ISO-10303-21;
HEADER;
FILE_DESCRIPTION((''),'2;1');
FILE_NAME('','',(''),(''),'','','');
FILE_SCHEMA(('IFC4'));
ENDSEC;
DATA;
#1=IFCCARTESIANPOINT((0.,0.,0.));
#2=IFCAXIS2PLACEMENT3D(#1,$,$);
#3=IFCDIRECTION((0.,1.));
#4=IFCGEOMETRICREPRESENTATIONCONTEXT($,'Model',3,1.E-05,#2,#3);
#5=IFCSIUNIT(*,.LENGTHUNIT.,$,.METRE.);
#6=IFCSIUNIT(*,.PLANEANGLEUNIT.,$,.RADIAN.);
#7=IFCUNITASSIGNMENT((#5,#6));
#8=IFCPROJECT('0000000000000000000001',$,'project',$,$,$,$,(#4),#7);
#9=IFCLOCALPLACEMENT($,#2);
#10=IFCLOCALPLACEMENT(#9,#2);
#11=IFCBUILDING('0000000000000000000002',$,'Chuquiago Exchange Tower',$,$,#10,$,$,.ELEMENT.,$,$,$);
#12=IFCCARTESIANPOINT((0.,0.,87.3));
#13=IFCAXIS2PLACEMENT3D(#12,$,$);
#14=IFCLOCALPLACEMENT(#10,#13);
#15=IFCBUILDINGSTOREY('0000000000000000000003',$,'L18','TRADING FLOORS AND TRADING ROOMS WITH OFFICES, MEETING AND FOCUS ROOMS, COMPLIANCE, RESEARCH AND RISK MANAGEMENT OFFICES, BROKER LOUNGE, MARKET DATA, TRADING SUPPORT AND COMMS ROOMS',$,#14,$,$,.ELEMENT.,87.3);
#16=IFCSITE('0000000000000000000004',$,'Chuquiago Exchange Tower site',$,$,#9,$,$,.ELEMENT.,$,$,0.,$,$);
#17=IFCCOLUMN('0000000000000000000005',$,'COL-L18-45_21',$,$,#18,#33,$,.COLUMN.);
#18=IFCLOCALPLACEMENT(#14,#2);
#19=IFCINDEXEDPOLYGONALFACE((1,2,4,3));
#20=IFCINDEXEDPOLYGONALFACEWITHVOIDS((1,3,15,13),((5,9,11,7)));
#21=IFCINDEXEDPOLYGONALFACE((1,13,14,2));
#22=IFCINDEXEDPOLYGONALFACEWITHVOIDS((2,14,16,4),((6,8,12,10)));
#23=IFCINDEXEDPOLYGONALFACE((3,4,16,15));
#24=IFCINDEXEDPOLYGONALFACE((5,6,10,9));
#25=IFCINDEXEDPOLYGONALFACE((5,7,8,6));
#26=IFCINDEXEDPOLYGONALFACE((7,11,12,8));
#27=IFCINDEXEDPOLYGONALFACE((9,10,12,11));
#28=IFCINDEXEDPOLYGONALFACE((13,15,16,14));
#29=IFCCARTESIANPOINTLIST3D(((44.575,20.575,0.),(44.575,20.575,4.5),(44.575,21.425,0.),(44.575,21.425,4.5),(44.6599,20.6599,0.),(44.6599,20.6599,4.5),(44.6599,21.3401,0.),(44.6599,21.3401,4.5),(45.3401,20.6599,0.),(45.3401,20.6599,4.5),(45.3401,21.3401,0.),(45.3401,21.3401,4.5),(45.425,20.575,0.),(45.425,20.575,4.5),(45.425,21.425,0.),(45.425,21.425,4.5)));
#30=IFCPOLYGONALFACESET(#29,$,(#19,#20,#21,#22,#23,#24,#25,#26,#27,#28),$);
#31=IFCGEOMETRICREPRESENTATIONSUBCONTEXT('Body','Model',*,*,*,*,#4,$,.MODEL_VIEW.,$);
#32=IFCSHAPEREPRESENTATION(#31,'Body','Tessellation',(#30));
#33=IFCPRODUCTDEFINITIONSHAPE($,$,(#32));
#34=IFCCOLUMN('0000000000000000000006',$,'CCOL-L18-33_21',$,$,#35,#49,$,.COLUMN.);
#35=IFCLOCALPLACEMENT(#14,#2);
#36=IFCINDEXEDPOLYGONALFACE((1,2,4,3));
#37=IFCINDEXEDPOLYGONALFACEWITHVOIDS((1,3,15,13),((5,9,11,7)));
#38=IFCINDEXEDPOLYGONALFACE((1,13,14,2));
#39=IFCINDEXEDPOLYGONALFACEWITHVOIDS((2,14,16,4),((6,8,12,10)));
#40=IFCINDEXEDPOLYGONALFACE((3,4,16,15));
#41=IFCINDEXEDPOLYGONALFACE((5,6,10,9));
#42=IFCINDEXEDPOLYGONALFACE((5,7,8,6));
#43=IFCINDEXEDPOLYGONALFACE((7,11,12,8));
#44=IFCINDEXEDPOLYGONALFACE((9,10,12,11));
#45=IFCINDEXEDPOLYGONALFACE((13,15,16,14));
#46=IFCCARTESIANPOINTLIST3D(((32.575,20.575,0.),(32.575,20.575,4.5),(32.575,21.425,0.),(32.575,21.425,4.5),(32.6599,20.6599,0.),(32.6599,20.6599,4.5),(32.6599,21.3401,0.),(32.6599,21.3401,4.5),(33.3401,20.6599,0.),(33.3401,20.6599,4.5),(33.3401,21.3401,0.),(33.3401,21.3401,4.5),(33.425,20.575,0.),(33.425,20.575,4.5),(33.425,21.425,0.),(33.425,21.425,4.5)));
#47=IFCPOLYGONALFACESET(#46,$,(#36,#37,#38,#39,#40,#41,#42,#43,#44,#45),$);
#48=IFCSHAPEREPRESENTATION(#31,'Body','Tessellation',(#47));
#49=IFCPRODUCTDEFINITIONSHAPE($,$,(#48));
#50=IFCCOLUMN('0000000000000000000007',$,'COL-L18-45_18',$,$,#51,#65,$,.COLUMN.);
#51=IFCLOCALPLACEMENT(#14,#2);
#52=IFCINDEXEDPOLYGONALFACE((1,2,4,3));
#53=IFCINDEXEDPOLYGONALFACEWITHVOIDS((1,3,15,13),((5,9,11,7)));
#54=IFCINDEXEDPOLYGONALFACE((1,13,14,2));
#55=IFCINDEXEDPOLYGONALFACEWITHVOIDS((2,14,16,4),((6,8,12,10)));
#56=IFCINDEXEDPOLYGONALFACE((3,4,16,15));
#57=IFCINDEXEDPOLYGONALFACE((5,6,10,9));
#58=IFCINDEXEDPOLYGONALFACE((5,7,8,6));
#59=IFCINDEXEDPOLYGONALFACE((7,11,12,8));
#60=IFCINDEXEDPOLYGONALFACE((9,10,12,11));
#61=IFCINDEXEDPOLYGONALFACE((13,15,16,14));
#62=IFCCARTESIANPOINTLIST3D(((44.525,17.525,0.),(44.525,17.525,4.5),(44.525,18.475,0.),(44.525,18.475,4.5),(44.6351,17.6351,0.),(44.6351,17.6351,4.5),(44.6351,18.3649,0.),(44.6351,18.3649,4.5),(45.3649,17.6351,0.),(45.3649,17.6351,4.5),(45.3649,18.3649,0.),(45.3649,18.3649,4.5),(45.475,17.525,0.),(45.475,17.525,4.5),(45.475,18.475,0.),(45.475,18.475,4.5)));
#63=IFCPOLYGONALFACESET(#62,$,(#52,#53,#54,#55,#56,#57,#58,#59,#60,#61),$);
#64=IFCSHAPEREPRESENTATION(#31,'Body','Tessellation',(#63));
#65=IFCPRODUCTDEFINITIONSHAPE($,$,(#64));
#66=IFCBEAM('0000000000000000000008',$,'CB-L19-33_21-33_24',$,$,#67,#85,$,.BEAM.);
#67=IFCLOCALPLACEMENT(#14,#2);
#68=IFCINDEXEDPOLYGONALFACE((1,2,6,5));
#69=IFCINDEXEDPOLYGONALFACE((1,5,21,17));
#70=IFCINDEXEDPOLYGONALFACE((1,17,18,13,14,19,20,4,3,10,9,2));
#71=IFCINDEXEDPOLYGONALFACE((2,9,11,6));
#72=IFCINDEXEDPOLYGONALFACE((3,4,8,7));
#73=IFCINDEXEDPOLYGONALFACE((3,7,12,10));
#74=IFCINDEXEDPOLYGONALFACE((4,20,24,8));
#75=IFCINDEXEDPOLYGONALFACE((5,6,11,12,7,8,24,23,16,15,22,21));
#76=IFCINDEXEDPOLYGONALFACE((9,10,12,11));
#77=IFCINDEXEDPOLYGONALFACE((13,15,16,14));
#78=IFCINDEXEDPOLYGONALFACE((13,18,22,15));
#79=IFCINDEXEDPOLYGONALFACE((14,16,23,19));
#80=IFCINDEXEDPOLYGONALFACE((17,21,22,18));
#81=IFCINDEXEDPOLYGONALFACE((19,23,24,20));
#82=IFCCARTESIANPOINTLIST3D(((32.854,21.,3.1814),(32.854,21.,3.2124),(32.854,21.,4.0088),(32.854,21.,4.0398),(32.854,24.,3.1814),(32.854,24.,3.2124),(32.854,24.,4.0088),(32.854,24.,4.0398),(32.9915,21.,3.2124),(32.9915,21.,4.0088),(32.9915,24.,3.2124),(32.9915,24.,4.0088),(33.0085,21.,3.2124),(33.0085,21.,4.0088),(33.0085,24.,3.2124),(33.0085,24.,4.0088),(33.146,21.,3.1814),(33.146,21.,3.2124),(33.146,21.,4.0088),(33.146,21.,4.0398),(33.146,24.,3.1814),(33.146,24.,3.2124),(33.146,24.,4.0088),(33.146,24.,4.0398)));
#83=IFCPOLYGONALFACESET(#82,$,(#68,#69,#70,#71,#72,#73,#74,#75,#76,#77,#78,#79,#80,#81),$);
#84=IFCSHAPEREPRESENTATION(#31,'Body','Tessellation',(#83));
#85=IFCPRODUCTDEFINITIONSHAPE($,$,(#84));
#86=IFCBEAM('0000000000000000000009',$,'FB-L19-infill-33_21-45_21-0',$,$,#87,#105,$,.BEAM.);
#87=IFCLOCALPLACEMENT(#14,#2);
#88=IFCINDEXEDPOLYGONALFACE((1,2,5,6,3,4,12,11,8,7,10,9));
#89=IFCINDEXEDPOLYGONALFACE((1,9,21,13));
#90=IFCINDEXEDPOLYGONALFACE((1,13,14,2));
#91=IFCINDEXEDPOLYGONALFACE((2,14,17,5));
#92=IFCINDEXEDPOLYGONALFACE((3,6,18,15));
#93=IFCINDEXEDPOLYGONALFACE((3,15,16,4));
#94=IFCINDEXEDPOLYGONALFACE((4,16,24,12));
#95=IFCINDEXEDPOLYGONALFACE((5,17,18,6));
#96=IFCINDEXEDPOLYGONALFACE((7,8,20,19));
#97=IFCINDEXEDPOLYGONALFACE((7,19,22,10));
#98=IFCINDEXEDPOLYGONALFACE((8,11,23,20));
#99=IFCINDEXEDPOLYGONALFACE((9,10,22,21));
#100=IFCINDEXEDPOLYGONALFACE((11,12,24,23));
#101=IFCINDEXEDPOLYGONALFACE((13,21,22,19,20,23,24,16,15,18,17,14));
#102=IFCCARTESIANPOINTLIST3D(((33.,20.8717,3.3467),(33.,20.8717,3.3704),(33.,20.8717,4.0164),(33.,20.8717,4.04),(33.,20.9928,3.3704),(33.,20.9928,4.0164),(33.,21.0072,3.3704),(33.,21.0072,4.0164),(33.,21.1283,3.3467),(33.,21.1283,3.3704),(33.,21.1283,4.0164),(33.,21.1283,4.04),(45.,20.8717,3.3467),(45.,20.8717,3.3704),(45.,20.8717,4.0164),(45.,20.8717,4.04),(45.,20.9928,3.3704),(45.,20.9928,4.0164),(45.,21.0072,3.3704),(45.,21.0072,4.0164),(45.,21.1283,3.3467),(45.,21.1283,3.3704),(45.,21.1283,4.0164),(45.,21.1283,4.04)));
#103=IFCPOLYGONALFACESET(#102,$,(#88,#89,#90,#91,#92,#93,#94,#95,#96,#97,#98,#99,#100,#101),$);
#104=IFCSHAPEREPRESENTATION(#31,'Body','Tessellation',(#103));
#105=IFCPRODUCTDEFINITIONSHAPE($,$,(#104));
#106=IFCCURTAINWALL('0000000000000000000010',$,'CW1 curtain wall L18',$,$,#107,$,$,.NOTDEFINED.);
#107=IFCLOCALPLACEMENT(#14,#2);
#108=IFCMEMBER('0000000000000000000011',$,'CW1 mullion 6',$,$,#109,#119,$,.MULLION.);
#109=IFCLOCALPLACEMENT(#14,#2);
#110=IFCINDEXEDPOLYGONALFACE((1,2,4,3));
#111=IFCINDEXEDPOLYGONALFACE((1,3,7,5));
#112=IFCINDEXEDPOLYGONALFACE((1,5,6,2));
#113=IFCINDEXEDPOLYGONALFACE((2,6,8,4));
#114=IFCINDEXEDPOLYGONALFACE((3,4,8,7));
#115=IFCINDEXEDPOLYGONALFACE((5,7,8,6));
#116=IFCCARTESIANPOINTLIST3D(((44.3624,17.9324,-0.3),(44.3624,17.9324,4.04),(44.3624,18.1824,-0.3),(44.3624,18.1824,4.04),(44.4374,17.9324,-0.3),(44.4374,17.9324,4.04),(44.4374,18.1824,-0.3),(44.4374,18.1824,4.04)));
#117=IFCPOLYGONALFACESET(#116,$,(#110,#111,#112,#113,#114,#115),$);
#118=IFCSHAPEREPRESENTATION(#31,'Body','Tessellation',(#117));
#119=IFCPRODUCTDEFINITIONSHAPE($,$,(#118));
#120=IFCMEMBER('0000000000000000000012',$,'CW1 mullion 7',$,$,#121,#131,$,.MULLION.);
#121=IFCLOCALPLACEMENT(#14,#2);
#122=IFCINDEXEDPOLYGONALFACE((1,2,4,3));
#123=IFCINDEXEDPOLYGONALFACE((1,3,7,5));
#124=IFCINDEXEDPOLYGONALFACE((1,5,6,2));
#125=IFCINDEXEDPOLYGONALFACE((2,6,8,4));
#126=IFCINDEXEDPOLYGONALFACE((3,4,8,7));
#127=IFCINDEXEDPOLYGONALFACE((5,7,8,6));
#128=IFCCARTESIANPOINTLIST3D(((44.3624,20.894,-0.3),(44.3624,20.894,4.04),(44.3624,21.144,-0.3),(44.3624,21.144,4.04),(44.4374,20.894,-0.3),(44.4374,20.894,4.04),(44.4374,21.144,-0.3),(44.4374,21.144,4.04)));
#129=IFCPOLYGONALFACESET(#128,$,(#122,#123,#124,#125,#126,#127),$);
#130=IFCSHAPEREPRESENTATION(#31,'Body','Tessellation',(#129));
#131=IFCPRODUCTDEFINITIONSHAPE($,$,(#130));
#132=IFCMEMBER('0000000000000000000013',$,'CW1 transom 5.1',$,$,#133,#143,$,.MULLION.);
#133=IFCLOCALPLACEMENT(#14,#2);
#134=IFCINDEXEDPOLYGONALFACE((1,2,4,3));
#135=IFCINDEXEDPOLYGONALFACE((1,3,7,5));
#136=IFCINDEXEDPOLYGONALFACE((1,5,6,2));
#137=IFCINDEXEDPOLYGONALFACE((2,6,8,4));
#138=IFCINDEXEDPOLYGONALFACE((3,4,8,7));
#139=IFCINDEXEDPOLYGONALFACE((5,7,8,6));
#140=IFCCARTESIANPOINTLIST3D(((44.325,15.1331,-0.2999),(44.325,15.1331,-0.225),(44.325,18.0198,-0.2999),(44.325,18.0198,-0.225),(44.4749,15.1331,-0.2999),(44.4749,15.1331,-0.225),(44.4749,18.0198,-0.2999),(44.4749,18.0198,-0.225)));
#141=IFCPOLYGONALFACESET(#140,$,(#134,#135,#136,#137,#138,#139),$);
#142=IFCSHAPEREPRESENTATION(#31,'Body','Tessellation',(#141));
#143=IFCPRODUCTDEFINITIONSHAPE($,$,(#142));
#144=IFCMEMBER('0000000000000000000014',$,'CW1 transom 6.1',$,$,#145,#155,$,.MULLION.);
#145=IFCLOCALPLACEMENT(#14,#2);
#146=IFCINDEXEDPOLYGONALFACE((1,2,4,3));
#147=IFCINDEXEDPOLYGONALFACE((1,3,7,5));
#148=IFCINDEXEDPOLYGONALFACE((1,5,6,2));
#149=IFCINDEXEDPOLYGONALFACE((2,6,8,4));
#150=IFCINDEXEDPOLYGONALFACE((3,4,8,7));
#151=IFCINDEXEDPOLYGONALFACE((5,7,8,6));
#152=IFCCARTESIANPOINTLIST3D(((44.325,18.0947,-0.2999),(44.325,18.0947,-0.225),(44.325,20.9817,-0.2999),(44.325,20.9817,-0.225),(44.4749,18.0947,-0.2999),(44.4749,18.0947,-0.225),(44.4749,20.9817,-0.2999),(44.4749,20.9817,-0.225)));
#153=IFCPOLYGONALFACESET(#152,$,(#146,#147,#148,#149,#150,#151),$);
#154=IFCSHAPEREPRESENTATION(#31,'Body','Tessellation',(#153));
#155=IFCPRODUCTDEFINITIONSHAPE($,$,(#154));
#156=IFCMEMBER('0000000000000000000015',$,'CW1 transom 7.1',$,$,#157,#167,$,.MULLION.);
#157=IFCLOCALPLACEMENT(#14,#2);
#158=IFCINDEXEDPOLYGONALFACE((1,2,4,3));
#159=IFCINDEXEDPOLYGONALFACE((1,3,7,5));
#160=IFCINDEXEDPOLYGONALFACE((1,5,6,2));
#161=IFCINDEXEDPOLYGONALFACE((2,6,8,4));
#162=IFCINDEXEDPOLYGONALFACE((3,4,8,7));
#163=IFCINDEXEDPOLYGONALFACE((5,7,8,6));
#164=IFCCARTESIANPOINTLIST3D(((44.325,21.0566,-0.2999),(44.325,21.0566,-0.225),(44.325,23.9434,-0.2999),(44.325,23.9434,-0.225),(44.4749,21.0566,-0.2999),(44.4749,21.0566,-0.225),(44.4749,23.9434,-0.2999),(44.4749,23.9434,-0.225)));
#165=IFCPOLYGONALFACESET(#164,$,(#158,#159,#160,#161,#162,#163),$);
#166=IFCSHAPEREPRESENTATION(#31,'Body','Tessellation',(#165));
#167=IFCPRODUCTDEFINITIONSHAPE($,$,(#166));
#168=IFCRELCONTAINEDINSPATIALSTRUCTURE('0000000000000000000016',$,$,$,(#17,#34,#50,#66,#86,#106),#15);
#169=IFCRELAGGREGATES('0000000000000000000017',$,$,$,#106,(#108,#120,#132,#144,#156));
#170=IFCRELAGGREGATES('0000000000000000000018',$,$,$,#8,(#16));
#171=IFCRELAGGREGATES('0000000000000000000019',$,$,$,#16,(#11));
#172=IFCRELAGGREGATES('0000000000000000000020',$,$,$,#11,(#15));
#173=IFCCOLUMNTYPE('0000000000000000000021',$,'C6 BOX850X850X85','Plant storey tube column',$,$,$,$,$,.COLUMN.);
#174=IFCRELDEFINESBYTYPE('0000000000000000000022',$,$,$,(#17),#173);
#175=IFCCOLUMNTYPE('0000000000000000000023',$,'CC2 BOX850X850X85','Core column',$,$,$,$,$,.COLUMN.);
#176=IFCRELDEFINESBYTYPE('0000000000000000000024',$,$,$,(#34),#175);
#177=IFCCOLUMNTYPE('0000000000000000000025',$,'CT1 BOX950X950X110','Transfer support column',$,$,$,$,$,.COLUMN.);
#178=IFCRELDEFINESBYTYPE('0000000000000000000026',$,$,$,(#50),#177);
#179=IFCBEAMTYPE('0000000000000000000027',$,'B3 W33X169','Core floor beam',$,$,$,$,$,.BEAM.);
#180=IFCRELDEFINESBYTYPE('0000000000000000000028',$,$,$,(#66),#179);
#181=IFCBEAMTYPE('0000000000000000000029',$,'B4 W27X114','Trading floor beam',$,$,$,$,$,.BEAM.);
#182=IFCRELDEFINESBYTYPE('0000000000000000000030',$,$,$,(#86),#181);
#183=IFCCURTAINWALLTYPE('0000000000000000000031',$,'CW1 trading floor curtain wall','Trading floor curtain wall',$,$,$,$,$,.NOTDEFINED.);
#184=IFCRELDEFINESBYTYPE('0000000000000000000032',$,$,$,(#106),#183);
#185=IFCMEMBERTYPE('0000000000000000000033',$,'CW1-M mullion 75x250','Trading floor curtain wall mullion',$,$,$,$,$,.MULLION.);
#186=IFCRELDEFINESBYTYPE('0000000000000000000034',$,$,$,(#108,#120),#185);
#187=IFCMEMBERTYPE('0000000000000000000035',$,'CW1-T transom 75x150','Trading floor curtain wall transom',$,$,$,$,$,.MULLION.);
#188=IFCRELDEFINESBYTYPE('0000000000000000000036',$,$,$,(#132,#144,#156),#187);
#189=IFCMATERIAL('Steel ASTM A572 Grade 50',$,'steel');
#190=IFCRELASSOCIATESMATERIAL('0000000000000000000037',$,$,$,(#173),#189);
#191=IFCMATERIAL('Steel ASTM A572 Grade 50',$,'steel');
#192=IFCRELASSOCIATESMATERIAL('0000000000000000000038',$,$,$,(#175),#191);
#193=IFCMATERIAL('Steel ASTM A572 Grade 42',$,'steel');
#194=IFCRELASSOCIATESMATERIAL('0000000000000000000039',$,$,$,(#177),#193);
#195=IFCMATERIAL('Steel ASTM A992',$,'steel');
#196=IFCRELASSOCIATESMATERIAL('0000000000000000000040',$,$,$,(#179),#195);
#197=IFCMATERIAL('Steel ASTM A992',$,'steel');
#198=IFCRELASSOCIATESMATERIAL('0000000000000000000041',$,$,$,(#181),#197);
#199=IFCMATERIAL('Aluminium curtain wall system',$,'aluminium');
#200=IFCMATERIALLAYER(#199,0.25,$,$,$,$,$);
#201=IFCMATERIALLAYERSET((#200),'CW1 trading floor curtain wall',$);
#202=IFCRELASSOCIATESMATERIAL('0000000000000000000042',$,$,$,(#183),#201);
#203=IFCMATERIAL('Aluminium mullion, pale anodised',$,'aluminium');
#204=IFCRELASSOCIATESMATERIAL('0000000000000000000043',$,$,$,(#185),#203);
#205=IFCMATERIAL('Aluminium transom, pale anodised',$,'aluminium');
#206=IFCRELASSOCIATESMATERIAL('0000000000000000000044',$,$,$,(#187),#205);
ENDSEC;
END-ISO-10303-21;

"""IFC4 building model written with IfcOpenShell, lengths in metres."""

from ifc_helpers import new_model, si_unit, direction, frame, origin, origin_2d, place, context, subcontext, project, spatial, rectangle, hollow_rectangle, i_section, extrude, material, layer, layer_set, material_profile, profile_set, type_object, element, aggregate, save


model = new_model("IFC4")

# Units and contexts
model_context = context("Model", 3, precision=1e-05, world=origin(), true_north=direction((0.0, 1.0)))
body_context = subcontext(model_context, "Body", "Model", "MODEL_VIEW")
ifc_project = project(units=[si_unit("LENGTHUNIT", "METRE"), si_unit("PLANEANGLEUNIT", "RADIAN")], contexts=[model_context])

# Site, building, storey
site_placement = place(None, origin())
site = spatial("IfcSite", under=ifc_project, at=site_placement, Name="Chuquiago Exchange Tower site", CompositionType="ELEMENT", RefElevation=0.0)
building_placement = place(site_placement, origin())
building = spatial("IfcBuilding", under=site, at=building_placement, Name="Chuquiago Exchange Tower", CompositionType="ELEMENT")
storey_placement = place(building_placement, frame((0.0, 0.0, 87.3)))
storey = spatial("IfcBuildingStorey", under=building, at=storey_placement, Name="L18", Description="TRADING FLOORS AND TRADING ROOMS WITH OFFICES, MEETING AND FOCUS ROOMS, COMPLIANCE, RESEARCH AND RISK MANAGEMENT OFFICES, BROKER LOUNGE, MARKET DATA, TRADING SUPPORT AND COMMS ROOMS", CompositionType="ELEMENT", Elevation=87.3)

# Columns
ifc_material_1 = material(Name="Steel ASTM A572 Grade 50", Category="steel")
ifc_material_profile_1 = material_profile(ifc_material_1, hollow_rectangle(XDim=0.8501, YDim=0.8501, WallThickness=0.085, at=origin_2d()), Name="BOX850X850X85")
ifc_profile_set_1 = profile_set([ifc_material_profile_1], Name="Steel ASTM A572 Grade 50")
column_type_1 = type_object("IfcColumnType", Name="C6 BOX850X850X85", Description="Plant storey tube column", PredefinedType="COLUMN", material=ifc_profile_set_1)
column_1_placement = place(storey_placement, frame((45.0, 21.0, 0.0), z_axis=(0.0, 0.0, 1.0), x_axis=(1.0, 0.0, 0.0)))
element("IfcColumn", 1, at=column_1_placement, inside=storey, type_object=column_type_1, Name="COL-L18-45_21", PredefinedType="COLUMN", context=body_context, shape_type="SweptSolid", body=[
    extrude(hollow_rectangle(XDim=0.8501, YDim=0.8501, WallThickness=0.085, at=origin_2d()), origin(), (0.0, 0.0, 1.0), 4.5),
])
ifc_material_2 = material(Name="Steel ASTM A572 Grade 50", Category="steel")
ifc_material_profile_2 = material_profile(ifc_material_2, hollow_rectangle(XDim=0.8501, YDim=0.8501, WallThickness=0.085, at=origin_2d()), Name="BOX850X850X85")
ifc_profile_set_2 = profile_set([ifc_material_profile_2], Name="Steel ASTM A572 Grade 50")
column_type_2 = type_object("IfcColumnType", Name="CC2 BOX850X850X85", Description="Core column", PredefinedType="COLUMN", material=ifc_profile_set_2)
column_2_placement = place(storey_placement, frame((33.0, 21.0, 0.0), z_axis=(0.0, 0.0, 1.0), x_axis=(1.0, 0.0, 0.0)))
element("IfcColumn", 2, at=column_2_placement, inside=storey, type_object=column_type_2, Name="CCOL-L18-33_21", PredefinedType="COLUMN", context=body_context, shape_type="SweptSolid", body=[
    extrude(hollow_rectangle(XDim=0.8501, YDim=0.8501, WallThickness=0.085, at=origin_2d()), origin(), (0.0, 0.0, 1.0), 4.5),
])
ifc_material_3 = material(Name="Steel ASTM A572 Grade 42", Category="steel")
ifc_material_profile_3 = material_profile(ifc_material_3, hollow_rectangle(XDim=0.95, YDim=0.95, WallThickness=0.1101, at=origin_2d()), Name="BOX950X950X110")
ifc_profile_set_3 = profile_set([ifc_material_profile_3], Name="Steel ASTM A572 Grade 42")
column_type_3 = type_object("IfcColumnType", Name="CT1 BOX950X950X110", Description="Transfer support column", PredefinedType="COLUMN", material=ifc_profile_set_3)
column_3_placement = place(storey_placement, frame((45.0, 18.0, 0.0), z_axis=(0.0, 0.0, 1.0), x_axis=(1.0, 0.0, 0.0)))
element("IfcColumn", 3, at=column_3_placement, inside=storey, type_object=column_type_3, Name="COL-L18-45_18", PredefinedType="COLUMN", context=body_context, shape_type="SweptSolid", body=[
    extrude(hollow_rectangle(XDim=0.95, YDim=0.95, WallThickness=0.1101, at=origin_2d()), origin(), (0.0, 0.0, 1.0), 4.5),
])

# Beams
ifc_material_4 = material(Name="Steel ASTM A992", Category="steel")
ifc_material_profile_4 = material_profile(ifc_material_4, i_section(OverallWidth=0.292, OverallDepth=0.8584, WebThickness=0.0171, FlangeThickness=0.031, at=origin_2d()), Name="W33X169")
ifc_profile_set_4 = profile_set([ifc_material_profile_4], Name="Steel ASTM A992")
beam_type_1 = type_object("IfcBeamType", Name="B3 W33X169", Description="Core floor beam", PredefinedType="BEAM", material=ifc_profile_set_4)
beam_1_placement = place(storey_placement, frame((33.0, 21.0, 3.6106), z_axis=(0.0, 1.0, 0.0), x_axis=(-1.0, 0.0, 0.0)))
element("IfcBeam", 4, at=beam_1_placement, inside=storey, type_object=beam_type_1, Name="CB-L19-33_21-33_24", PredefinedType="BEAM", context=body_context, shape_type="SweptSolid", body=[
    extrude(i_section(OverallWidth=0.292, OverallDepth=0.8584, WebThickness=0.0171, FlangeThickness=0.031, at=origin_2d()), origin(), (0.0, 0.0, 1.0), 3.0),
])
ifc_material_5 = material(Name="Steel ASTM A992", Category="steel")
ifc_material_profile_5 = material_profile(ifc_material_5, i_section(OverallWidth=0.2566, OverallDepth=0.6934, WebThickness=0.0144, FlangeThickness=0.0237, at=origin_2d()), Name="W27X114")
ifc_profile_set_5 = profile_set([ifc_material_profile_5], Name="Steel ASTM A992")
beam_type_2 = type_object("IfcBeamType", Name="B4 W27X114", Description="Trading floor beam", PredefinedType="BEAM", material=ifc_profile_set_5)
beam_2_placement = place(storey_placement, frame((33.0, 21.0, 3.6934), z_axis=(1.0, 0.0, 0.0), x_axis=(0.0, 1.0, 0.0)))
element("IfcBeam", 5, at=beam_2_placement, inside=storey, type_object=beam_type_2, Name="FB-L19-infill-33_21-45_21-0", PredefinedType="BEAM", context=body_context, shape_type="SweptSolid", body=[
    extrude(i_section(OverallWidth=0.2566, OverallDepth=0.6934, WebThickness=0.0144, FlangeThickness=0.0237, at=origin_2d()), origin(), (0.0, 0.0, 1.0), 12.0),
])

# Curtain wall, members
ifc_material_6 = material(Name="Aluminium curtain wall system", Category="aluminium")
ifc_layer_1 = layer(ifc_material_6, 0.25)
ifc_layer_set_1 = layer_set([ifc_layer_1], Name="CW1 trading floor curtain wall")
curtain_wall_type = type_object("IfcCurtainWallType", Name="CW1 trading floor curtain wall", Description="Trading floor curtain wall", PredefinedType="NOTDEFINED", material=ifc_layer_set_1)
curtain_wall_placement = place(storey_placement, origin())
curtain_wall = element("IfcCurtainWall", 6, at=curtain_wall_placement, inside=storey, type_object=curtain_wall_type, Name="CW1 curtain wall L18", PredefinedType="NOTDEFINED")
ifc_material_7 = material(Name="Aluminium mullion, pale anodised", Category="aluminium")
ifc_material_profile_6 = material_profile(ifc_material_7, rectangle(XDim=0.075, YDim=0.25, at=origin_2d()), Name="AL 75x250")
ifc_profile_set_6 = profile_set([ifc_material_profile_6], Name="Aluminium mullion, pale anodised")
member_type_1 = type_object("IfcMemberType", Name="CW1-M mullion 75x250", Description="Trading floor curtain wall mullion", PredefinedType="MULLION", material=ifc_profile_set_6)
member_1_placement = place(storey_placement, frame((44.3999, 18.0574, -0.3), z_axis=(0.0, 0.0, 1.0), x_axis=(-1.0, 0.0, 0.0)))
member_1 = element("IfcMember", 7, at=member_1_placement, type_object=member_type_1, Name="CW1 mullion 6", PredefinedType="MULLION", context=body_context, shape_type="SweptSolid", body=[
    extrude(rectangle(XDim=0.075, YDim=0.25, at=origin_2d()), origin(), (0.0, 0.0, 1.0), 4.3401),
])
member_2_placement = place(storey_placement, frame((44.3999, 21.019, -0.3), z_axis=(0.0, 0.0, 1.0), x_axis=(-1.0, 0.0, 0.0)))
member_2 = element("IfcMember", 8, at=member_2_placement, type_object=member_type_1, Name="CW1 mullion 7", PredefinedType="MULLION", context=body_context, shape_type="SweptSolid", body=[
    extrude(rectangle(XDim=0.075, YDim=0.25, at=origin_2d()), origin(), (0.0, 0.0, 1.0), 4.3401),
])
ifc_material_8 = material(Name="Aluminium transom, pale anodised", Category="aluminium")
ifc_material_profile_7 = material_profile(ifc_material_8, rectangle(XDim=0.1499, YDim=0.075, at=origin_2d()), Name="AL 150x75")
ifc_profile_set_7 = profile_set([ifc_material_profile_7], Name="Aluminium transom, pale anodised")
member_type_2 = type_object("IfcMemberType", Name="CW1-T transom 75x150", Description="Trading floor curtain wall transom", PredefinedType="MULLION", material=ifc_profile_set_7)
member_3_placement = place(storey_placement, frame((44.3999, 15.1331, -0.2625), z_axis=(0.0, 1.0, 0.0), x_axis=(-1.0, 0.0, 0.0)))
member_3 = element("IfcMember", 9, at=member_3_placement, type_object=member_type_2, Name="CW1 transom 5.1", PredefinedType="MULLION", context=body_context, shape_type="SweptSolid", body=[
    extrude(rectangle(XDim=0.1499, YDim=0.075, at=origin_2d()), origin(), (0.0, 0.0, 1.0), 2.8867),
])
member_4_placement = place(storey_placement, frame((44.3999, 18.0947, -0.2625), z_axis=(0.0, 1.0, 0.0), x_axis=(-1.0, 0.0, 0.0)))
member_4 = element("IfcMember", 10, at=member_4_placement, type_object=member_type_2, Name="CW1 transom 6.1", PredefinedType="MULLION", context=body_context, shape_type="SweptSolid", body=[
    extrude(rectangle(XDim=0.1499, YDim=0.075, at=origin_2d()), origin(), (0.0, 0.0, 1.0), 2.887),
])
member_5_placement = place(storey_placement, frame((44.3999, 21.0566, -0.2625), z_axis=(0.0, 1.0, 0.0), x_axis=(-1.0, 0.0, 0.0)))
member_5 = element("IfcMember", 11, at=member_5_placement, type_object=member_type_2, Name="CW1 transom 7.1", PredefinedType="MULLION", context=body_context, shape_type="SweptSolid", body=[
    extrude(rectangle(XDim=0.1499, YDim=0.075, at=origin_2d()), origin(), (0.0, 0.0, 1.0), 2.8867),
])

aggregate(curtain_wall, [member_1, member_2, member_3, member_4, member_5])

save(model, "model.ifc")
